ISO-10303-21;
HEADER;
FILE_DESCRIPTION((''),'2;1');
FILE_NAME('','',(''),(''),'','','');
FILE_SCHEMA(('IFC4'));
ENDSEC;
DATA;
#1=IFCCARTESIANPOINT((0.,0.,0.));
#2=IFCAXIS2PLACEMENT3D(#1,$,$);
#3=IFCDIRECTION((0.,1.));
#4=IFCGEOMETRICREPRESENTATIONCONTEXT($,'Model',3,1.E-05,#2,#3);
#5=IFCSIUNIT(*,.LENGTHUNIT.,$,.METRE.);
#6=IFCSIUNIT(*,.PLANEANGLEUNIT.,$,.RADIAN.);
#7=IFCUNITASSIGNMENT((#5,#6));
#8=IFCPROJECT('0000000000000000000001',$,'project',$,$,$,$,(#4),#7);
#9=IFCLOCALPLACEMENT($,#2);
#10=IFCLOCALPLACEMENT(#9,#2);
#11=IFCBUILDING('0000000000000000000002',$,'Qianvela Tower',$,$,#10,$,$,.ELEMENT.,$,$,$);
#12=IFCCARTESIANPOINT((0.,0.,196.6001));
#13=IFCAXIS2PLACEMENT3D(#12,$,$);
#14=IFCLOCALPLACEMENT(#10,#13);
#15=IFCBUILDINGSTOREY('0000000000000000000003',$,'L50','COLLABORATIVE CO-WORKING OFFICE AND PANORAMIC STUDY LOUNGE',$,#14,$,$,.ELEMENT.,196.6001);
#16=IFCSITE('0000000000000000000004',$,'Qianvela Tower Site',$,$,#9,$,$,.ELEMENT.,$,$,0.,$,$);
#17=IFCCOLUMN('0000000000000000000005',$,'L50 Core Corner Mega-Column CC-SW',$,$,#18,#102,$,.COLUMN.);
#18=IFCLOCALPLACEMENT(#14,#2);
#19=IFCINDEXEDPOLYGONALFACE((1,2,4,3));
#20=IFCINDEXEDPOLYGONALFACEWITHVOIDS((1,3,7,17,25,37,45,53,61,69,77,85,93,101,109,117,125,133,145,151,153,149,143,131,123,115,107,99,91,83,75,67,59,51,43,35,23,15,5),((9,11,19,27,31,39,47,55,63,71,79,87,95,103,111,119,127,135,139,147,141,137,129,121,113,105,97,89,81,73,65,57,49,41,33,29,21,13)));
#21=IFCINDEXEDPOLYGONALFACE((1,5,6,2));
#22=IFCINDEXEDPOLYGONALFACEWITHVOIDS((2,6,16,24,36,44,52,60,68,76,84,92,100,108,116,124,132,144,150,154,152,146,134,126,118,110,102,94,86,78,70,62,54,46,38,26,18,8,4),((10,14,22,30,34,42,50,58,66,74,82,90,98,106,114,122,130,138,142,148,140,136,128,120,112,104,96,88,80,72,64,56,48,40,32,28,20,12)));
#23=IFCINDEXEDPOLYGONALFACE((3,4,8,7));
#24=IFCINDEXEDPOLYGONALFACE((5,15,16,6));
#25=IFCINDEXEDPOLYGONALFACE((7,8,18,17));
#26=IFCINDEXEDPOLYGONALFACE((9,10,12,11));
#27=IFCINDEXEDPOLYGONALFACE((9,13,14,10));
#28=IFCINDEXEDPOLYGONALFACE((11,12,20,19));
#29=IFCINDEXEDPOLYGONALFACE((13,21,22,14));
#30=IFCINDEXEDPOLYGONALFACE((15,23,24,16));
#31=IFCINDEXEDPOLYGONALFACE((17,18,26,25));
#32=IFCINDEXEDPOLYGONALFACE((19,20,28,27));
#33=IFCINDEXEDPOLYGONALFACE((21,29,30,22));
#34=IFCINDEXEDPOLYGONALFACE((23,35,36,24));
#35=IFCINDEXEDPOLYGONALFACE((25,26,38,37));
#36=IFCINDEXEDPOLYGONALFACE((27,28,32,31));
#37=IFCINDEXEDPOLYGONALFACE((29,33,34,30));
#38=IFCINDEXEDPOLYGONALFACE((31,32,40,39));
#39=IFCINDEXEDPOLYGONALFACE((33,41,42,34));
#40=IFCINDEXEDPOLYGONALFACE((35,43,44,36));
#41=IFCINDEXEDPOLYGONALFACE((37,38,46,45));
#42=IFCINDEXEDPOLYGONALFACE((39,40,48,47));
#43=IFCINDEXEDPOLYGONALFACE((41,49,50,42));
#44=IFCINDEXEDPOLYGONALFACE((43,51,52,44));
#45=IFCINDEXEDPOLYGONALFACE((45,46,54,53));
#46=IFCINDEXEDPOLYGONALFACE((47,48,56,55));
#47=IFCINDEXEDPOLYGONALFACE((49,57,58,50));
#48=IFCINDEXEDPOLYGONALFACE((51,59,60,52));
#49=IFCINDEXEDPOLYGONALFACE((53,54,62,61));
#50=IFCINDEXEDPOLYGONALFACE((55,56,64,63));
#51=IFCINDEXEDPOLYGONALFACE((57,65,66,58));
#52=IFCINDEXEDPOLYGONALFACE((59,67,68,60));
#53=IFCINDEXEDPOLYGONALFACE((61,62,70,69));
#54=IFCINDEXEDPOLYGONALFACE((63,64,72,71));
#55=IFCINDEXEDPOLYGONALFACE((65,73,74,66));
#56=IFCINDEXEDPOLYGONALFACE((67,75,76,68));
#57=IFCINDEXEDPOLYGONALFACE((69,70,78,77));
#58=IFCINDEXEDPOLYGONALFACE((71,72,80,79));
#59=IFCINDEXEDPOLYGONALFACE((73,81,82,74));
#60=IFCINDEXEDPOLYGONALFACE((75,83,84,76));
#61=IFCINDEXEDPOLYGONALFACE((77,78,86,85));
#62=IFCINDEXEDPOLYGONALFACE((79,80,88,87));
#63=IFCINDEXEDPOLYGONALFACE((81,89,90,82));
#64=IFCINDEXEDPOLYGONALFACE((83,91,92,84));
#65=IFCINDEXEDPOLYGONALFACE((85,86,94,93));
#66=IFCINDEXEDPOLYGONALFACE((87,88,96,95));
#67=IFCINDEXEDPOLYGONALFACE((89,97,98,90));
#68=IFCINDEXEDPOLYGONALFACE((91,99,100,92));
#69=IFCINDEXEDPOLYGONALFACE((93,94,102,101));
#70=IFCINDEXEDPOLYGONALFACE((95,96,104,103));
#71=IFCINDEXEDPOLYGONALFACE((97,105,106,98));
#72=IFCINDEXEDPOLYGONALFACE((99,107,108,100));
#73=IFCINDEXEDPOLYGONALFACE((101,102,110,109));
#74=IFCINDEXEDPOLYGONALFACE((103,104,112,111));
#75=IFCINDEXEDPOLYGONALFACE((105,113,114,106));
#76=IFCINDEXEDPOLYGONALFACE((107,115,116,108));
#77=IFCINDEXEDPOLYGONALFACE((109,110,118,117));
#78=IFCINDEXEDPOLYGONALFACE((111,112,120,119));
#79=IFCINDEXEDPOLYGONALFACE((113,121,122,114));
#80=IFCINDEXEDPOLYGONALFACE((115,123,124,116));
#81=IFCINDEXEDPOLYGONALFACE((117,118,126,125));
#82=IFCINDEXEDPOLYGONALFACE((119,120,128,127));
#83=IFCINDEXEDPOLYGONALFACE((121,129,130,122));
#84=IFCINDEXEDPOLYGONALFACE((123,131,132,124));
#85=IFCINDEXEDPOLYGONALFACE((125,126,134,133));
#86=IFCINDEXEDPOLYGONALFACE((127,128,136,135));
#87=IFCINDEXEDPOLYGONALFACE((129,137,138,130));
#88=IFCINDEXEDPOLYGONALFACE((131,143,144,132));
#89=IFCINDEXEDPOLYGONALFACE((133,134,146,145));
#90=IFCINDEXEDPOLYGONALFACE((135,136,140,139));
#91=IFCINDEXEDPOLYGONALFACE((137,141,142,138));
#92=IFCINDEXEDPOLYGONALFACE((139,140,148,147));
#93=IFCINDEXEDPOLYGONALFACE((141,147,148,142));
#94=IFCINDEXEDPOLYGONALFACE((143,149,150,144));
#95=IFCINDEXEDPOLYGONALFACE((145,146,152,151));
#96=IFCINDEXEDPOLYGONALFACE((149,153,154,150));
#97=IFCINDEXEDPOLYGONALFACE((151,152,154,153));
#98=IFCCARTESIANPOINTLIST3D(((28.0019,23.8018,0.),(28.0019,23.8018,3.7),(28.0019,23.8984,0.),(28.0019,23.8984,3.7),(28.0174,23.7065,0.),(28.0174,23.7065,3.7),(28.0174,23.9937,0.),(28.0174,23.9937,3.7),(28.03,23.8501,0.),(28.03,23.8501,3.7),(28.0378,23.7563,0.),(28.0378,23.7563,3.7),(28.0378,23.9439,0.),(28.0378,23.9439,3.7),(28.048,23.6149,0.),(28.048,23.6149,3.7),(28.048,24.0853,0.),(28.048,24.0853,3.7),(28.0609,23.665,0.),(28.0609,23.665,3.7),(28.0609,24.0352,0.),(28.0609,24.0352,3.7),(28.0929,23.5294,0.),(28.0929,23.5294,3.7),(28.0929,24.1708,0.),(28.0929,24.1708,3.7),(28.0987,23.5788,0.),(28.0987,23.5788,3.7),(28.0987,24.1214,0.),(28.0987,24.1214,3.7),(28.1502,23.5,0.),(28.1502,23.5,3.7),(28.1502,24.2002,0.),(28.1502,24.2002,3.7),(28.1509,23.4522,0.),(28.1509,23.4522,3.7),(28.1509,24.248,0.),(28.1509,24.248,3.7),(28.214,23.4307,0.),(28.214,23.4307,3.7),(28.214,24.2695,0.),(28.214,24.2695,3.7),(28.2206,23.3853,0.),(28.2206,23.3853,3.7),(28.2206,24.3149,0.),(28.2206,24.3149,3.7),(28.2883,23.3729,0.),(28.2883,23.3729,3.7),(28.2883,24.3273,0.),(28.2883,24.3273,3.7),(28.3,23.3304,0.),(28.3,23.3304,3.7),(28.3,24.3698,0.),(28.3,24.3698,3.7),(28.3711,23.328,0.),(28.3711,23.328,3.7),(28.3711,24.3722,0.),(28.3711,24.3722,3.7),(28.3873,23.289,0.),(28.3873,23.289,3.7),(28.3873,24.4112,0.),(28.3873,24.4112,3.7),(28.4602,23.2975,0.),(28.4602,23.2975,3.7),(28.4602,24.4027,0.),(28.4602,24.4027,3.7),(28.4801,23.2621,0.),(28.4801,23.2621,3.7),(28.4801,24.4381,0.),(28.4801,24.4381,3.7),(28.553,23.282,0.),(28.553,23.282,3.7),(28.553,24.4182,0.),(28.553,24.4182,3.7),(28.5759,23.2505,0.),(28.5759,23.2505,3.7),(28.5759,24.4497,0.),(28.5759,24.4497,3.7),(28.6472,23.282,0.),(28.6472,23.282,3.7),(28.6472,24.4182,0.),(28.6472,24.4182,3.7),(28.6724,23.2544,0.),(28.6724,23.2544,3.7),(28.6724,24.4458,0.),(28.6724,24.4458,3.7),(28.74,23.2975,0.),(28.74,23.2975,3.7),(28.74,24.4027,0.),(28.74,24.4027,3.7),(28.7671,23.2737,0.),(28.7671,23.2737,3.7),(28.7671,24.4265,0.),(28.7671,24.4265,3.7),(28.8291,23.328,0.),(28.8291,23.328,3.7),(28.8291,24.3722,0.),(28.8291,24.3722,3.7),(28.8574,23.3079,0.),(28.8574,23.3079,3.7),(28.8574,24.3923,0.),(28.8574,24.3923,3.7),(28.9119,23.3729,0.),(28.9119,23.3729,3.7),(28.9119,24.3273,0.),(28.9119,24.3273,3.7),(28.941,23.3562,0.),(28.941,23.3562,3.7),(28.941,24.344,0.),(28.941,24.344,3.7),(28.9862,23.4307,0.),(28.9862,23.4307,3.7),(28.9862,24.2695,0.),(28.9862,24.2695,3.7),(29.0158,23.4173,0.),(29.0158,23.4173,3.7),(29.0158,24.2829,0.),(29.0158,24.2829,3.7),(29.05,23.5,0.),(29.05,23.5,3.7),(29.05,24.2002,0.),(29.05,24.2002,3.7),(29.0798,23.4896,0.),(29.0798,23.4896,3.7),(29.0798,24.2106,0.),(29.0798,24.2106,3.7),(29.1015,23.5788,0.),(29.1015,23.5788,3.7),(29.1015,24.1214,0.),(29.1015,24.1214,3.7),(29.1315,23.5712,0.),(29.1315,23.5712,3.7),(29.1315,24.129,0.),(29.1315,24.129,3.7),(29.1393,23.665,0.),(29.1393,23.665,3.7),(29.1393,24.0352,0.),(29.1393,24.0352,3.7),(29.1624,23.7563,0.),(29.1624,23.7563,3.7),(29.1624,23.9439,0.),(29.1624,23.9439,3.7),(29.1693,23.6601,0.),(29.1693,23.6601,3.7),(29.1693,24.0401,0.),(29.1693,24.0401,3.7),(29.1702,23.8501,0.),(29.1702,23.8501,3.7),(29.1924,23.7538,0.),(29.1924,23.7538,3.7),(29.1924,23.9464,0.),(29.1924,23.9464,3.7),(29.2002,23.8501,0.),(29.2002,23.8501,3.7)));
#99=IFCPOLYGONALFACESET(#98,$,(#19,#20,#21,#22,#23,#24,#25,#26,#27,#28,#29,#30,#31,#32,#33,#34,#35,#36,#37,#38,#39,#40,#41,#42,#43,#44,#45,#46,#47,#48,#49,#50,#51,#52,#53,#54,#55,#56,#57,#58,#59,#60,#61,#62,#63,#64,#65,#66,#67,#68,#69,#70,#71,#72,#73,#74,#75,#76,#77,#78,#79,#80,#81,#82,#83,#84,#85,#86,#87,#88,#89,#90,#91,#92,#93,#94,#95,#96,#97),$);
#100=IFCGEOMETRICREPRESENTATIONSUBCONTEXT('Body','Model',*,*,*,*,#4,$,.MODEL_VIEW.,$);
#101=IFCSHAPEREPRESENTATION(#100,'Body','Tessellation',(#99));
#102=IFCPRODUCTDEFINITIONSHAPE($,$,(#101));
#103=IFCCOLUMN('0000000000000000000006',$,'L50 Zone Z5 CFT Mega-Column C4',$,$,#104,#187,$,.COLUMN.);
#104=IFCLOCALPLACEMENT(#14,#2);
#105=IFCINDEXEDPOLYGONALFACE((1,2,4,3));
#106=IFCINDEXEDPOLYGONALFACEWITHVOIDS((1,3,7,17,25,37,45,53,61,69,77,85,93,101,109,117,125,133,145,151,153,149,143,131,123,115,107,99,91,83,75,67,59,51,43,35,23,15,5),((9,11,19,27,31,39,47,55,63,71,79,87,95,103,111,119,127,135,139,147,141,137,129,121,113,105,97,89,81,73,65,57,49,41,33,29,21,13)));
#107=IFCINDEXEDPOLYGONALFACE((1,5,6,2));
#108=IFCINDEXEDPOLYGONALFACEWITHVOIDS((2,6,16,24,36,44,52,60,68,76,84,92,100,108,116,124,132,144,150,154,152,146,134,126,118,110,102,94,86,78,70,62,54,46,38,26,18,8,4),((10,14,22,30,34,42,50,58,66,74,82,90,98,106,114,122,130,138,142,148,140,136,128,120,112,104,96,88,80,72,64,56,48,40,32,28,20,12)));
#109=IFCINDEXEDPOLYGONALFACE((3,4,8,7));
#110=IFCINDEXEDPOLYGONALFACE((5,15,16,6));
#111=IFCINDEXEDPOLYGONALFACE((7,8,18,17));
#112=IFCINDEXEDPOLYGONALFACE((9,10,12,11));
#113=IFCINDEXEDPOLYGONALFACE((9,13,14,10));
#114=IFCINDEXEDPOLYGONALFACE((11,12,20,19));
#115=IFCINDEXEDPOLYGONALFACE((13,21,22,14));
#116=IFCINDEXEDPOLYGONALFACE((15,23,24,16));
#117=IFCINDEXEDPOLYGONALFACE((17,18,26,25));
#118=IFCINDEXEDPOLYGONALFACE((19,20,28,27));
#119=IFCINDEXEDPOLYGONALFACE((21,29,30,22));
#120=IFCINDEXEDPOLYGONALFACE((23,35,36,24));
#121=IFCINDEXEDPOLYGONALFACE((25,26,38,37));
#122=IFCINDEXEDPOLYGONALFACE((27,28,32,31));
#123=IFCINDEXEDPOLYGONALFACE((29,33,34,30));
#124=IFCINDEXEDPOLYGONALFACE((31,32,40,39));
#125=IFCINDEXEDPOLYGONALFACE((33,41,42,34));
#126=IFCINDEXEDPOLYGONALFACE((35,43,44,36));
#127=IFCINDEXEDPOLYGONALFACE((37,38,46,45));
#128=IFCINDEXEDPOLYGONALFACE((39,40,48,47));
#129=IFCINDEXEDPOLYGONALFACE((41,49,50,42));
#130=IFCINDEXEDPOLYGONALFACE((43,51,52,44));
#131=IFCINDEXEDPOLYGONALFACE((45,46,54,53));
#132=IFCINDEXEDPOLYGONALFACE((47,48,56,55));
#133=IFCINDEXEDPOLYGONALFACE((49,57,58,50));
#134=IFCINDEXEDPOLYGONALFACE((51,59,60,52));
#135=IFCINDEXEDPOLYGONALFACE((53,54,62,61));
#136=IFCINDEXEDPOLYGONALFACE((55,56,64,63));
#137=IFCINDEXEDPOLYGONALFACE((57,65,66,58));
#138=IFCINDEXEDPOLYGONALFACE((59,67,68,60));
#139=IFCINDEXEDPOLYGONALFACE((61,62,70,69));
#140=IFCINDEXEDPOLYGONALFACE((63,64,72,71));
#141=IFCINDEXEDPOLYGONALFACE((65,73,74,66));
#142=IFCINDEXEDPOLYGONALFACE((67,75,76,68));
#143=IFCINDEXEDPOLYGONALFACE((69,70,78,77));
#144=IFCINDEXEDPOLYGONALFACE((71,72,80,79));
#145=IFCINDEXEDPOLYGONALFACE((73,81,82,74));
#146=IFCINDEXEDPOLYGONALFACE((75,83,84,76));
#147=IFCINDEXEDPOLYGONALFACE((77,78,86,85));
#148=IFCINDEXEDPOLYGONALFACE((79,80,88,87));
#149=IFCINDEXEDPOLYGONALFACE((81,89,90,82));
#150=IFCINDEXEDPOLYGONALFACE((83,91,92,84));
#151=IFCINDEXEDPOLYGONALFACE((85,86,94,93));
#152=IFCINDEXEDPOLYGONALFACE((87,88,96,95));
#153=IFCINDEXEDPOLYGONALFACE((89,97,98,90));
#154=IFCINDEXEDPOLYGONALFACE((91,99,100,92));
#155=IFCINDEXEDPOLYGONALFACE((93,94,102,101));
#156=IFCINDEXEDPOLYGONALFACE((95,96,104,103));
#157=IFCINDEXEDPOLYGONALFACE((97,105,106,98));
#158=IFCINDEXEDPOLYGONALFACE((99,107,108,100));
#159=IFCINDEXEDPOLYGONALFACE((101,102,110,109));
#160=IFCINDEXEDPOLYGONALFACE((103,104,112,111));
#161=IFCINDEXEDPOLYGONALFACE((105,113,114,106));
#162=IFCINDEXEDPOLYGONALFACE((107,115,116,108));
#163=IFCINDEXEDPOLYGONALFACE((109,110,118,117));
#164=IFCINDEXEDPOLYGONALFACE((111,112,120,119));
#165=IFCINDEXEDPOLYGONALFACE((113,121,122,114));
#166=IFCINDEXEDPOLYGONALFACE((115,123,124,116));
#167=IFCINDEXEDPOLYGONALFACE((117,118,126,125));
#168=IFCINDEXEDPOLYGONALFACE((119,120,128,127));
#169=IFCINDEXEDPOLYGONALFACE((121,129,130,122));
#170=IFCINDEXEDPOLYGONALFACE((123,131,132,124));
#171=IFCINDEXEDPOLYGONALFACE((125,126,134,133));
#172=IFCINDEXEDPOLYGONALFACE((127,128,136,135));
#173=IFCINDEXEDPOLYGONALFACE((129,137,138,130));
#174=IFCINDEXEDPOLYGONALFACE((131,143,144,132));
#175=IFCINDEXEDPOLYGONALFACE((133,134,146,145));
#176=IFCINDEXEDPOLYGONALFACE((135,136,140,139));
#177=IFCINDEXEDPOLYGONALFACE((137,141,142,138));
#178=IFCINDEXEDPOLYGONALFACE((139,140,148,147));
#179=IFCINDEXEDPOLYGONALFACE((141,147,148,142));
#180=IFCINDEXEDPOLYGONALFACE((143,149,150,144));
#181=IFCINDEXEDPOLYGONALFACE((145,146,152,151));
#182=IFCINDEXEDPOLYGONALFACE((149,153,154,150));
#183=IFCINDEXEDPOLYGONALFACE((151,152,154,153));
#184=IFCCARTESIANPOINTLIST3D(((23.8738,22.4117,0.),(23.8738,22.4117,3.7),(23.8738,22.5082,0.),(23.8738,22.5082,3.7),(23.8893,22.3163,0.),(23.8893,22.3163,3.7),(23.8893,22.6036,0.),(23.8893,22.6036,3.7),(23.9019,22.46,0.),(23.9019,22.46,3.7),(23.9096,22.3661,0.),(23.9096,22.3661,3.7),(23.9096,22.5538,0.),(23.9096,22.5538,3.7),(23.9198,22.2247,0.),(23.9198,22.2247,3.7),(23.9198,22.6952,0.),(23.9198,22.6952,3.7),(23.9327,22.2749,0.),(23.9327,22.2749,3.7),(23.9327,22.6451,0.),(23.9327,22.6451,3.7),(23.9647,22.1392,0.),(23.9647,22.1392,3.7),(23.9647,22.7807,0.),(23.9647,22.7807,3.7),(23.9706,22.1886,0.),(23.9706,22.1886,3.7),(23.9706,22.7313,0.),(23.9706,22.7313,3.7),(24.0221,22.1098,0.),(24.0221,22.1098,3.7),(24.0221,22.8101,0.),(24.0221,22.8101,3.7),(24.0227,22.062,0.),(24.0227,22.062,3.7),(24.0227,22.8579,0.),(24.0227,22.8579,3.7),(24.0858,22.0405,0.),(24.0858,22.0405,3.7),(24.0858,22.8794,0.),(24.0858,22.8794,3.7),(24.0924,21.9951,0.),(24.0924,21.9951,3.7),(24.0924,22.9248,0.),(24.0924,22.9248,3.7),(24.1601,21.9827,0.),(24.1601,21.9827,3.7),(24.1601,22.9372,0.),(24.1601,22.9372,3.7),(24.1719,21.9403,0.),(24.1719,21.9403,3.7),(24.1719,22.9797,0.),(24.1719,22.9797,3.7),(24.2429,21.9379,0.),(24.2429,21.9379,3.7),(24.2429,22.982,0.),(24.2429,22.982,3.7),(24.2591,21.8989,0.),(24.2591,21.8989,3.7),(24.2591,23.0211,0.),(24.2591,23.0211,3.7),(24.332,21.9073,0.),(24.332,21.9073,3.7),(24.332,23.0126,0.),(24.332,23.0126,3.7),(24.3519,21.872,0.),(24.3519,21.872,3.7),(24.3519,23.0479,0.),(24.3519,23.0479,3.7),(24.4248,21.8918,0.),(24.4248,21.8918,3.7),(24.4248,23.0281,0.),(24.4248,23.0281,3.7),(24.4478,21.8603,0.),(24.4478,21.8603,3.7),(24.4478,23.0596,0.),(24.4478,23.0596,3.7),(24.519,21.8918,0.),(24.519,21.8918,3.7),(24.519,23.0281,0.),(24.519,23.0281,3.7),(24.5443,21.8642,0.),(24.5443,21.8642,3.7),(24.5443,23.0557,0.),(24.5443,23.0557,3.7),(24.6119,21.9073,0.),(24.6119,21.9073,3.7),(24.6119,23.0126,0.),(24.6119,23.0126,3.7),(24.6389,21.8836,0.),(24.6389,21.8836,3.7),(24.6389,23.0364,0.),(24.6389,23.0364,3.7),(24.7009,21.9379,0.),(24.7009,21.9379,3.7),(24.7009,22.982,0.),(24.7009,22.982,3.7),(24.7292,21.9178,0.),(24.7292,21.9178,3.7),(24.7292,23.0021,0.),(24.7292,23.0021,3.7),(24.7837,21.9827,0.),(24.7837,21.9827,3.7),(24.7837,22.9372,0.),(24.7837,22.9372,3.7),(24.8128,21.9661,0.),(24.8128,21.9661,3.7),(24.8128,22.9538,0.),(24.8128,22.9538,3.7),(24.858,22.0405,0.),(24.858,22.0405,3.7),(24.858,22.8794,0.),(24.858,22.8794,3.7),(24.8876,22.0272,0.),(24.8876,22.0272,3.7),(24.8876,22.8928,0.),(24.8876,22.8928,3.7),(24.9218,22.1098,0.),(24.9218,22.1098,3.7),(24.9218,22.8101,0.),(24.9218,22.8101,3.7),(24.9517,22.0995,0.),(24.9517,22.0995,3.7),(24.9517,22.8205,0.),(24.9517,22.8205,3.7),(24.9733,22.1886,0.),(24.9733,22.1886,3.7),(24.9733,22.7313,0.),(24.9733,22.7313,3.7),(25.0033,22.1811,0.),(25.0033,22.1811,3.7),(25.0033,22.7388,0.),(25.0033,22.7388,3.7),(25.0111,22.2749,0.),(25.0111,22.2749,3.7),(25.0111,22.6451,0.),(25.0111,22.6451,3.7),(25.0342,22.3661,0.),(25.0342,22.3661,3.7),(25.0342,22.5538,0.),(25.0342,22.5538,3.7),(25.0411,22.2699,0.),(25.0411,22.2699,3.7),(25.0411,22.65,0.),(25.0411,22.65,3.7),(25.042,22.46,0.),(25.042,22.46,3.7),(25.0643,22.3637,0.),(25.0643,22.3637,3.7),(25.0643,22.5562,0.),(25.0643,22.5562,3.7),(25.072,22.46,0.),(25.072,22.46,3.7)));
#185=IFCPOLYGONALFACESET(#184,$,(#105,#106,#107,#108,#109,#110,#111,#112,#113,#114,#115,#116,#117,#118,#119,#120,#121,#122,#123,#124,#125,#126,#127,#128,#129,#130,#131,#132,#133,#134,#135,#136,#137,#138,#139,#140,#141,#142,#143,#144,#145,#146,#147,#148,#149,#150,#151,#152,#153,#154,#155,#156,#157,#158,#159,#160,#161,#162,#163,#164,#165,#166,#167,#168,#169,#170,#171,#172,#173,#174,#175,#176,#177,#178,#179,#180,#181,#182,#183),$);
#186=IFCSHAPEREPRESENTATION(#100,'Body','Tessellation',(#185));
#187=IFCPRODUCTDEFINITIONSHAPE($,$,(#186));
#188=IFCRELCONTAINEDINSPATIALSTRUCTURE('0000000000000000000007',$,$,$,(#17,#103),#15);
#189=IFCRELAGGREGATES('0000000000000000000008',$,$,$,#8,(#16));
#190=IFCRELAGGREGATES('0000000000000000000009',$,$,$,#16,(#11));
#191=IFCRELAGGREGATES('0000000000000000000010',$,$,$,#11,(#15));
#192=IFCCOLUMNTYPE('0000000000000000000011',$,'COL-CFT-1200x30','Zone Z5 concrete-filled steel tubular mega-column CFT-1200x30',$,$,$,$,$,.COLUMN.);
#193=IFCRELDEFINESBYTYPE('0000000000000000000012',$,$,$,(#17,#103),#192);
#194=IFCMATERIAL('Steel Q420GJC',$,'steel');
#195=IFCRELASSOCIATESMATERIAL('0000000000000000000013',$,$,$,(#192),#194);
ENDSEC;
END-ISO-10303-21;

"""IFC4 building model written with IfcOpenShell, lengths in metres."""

from ifc_helpers import new_model, si_unit, direction, frame, origin, origin_2d, place, context, subcontext, project, spatial, hollow_circle, extrude, material, material_profile, profile_set, type_object, element, save


model = new_model("IFC4")

# Units and contexts
model_context = context("Model", 3, precision=1e-05, world=origin(), true_north=direction((0.0, 1.0)))
body_context = subcontext(model_context, "Body", "Model", "MODEL_VIEW")
ifc_project = project(units=[si_unit("LENGTHUNIT", "METRE"), si_unit("PLANEANGLEUNIT", "RADIAN")], contexts=[model_context])

# Site, building, storey
site_placement = place(None, origin())
site = spatial("IfcSite", under=ifc_project, at=site_placement, Name="Qianvela Tower Site", CompositionType="ELEMENT", RefElevation=0.0)
building_placement = place(site_placement, origin())
building = spatial("IfcBuilding", under=site, at=building_placement, Name="Qianvela Tower", CompositionType="ELEMENT")
storey_placement = place(building_placement, frame((0.0, 0.0, 196.6001)))
storey = spatial("IfcBuildingStorey", under=building, at=storey_placement, Name="L50", Description="COLLABORATIVE CO-WORKING OFFICE AND PANORAMIC STUDY LOUNGE", CompositionType="ELEMENT", Elevation=196.6001)

# Columns
ifc_material_1 = material(Name="Steel Q420GJC", Category="steel")
ifc_material_profile_1 = material_profile(ifc_material_1, hollow_circle(Radius=0.6001, WallThickness=0.03, at=origin_2d()), Name="CFT-1200x30")
ifc_profile_set_1 = profile_set([ifc_material_profile_1], Name="Steel Q420GJC")
column_type = type_object("IfcColumnType", Name="COL-CFT-1200x30", Description="Zone Z5 concrete-filled steel tubular mega-column CFT-1200x30", PredefinedType="COLUMN", material=ifc_profile_set_1)
for number, where, z_axis, x_axis, name in (
    (1, (28.6001, 23.8501, 0.0), (0.0, 0.0, 1.0), (1.0, 0.0, 0.0), "L50 Core Corner Mega-Column CC-SW"),
    (2, (24.4719, 22.46, 0.0), (0.0, 0.0, 1.0), (1.0, 0.0, 0.0), "L50 Zone Z5 CFT Mega-Column C4"),
):
    element("IfcColumn", number, at=place(storey_placement, frame(where, z_axis=z_axis, x_axis=x_axis)), inside=storey, type_object=column_type, Name=name, PredefinedType="COLUMN", context=body_context, shape_type="SweptSolid", body=[
        extrude(hollow_circle(Radius=0.6001, WallThickness=0.03, at=origin_2d()), origin(), (0.0, 0.0, 1.0), 3.7),
    ])

save(model, "model.ifc")
